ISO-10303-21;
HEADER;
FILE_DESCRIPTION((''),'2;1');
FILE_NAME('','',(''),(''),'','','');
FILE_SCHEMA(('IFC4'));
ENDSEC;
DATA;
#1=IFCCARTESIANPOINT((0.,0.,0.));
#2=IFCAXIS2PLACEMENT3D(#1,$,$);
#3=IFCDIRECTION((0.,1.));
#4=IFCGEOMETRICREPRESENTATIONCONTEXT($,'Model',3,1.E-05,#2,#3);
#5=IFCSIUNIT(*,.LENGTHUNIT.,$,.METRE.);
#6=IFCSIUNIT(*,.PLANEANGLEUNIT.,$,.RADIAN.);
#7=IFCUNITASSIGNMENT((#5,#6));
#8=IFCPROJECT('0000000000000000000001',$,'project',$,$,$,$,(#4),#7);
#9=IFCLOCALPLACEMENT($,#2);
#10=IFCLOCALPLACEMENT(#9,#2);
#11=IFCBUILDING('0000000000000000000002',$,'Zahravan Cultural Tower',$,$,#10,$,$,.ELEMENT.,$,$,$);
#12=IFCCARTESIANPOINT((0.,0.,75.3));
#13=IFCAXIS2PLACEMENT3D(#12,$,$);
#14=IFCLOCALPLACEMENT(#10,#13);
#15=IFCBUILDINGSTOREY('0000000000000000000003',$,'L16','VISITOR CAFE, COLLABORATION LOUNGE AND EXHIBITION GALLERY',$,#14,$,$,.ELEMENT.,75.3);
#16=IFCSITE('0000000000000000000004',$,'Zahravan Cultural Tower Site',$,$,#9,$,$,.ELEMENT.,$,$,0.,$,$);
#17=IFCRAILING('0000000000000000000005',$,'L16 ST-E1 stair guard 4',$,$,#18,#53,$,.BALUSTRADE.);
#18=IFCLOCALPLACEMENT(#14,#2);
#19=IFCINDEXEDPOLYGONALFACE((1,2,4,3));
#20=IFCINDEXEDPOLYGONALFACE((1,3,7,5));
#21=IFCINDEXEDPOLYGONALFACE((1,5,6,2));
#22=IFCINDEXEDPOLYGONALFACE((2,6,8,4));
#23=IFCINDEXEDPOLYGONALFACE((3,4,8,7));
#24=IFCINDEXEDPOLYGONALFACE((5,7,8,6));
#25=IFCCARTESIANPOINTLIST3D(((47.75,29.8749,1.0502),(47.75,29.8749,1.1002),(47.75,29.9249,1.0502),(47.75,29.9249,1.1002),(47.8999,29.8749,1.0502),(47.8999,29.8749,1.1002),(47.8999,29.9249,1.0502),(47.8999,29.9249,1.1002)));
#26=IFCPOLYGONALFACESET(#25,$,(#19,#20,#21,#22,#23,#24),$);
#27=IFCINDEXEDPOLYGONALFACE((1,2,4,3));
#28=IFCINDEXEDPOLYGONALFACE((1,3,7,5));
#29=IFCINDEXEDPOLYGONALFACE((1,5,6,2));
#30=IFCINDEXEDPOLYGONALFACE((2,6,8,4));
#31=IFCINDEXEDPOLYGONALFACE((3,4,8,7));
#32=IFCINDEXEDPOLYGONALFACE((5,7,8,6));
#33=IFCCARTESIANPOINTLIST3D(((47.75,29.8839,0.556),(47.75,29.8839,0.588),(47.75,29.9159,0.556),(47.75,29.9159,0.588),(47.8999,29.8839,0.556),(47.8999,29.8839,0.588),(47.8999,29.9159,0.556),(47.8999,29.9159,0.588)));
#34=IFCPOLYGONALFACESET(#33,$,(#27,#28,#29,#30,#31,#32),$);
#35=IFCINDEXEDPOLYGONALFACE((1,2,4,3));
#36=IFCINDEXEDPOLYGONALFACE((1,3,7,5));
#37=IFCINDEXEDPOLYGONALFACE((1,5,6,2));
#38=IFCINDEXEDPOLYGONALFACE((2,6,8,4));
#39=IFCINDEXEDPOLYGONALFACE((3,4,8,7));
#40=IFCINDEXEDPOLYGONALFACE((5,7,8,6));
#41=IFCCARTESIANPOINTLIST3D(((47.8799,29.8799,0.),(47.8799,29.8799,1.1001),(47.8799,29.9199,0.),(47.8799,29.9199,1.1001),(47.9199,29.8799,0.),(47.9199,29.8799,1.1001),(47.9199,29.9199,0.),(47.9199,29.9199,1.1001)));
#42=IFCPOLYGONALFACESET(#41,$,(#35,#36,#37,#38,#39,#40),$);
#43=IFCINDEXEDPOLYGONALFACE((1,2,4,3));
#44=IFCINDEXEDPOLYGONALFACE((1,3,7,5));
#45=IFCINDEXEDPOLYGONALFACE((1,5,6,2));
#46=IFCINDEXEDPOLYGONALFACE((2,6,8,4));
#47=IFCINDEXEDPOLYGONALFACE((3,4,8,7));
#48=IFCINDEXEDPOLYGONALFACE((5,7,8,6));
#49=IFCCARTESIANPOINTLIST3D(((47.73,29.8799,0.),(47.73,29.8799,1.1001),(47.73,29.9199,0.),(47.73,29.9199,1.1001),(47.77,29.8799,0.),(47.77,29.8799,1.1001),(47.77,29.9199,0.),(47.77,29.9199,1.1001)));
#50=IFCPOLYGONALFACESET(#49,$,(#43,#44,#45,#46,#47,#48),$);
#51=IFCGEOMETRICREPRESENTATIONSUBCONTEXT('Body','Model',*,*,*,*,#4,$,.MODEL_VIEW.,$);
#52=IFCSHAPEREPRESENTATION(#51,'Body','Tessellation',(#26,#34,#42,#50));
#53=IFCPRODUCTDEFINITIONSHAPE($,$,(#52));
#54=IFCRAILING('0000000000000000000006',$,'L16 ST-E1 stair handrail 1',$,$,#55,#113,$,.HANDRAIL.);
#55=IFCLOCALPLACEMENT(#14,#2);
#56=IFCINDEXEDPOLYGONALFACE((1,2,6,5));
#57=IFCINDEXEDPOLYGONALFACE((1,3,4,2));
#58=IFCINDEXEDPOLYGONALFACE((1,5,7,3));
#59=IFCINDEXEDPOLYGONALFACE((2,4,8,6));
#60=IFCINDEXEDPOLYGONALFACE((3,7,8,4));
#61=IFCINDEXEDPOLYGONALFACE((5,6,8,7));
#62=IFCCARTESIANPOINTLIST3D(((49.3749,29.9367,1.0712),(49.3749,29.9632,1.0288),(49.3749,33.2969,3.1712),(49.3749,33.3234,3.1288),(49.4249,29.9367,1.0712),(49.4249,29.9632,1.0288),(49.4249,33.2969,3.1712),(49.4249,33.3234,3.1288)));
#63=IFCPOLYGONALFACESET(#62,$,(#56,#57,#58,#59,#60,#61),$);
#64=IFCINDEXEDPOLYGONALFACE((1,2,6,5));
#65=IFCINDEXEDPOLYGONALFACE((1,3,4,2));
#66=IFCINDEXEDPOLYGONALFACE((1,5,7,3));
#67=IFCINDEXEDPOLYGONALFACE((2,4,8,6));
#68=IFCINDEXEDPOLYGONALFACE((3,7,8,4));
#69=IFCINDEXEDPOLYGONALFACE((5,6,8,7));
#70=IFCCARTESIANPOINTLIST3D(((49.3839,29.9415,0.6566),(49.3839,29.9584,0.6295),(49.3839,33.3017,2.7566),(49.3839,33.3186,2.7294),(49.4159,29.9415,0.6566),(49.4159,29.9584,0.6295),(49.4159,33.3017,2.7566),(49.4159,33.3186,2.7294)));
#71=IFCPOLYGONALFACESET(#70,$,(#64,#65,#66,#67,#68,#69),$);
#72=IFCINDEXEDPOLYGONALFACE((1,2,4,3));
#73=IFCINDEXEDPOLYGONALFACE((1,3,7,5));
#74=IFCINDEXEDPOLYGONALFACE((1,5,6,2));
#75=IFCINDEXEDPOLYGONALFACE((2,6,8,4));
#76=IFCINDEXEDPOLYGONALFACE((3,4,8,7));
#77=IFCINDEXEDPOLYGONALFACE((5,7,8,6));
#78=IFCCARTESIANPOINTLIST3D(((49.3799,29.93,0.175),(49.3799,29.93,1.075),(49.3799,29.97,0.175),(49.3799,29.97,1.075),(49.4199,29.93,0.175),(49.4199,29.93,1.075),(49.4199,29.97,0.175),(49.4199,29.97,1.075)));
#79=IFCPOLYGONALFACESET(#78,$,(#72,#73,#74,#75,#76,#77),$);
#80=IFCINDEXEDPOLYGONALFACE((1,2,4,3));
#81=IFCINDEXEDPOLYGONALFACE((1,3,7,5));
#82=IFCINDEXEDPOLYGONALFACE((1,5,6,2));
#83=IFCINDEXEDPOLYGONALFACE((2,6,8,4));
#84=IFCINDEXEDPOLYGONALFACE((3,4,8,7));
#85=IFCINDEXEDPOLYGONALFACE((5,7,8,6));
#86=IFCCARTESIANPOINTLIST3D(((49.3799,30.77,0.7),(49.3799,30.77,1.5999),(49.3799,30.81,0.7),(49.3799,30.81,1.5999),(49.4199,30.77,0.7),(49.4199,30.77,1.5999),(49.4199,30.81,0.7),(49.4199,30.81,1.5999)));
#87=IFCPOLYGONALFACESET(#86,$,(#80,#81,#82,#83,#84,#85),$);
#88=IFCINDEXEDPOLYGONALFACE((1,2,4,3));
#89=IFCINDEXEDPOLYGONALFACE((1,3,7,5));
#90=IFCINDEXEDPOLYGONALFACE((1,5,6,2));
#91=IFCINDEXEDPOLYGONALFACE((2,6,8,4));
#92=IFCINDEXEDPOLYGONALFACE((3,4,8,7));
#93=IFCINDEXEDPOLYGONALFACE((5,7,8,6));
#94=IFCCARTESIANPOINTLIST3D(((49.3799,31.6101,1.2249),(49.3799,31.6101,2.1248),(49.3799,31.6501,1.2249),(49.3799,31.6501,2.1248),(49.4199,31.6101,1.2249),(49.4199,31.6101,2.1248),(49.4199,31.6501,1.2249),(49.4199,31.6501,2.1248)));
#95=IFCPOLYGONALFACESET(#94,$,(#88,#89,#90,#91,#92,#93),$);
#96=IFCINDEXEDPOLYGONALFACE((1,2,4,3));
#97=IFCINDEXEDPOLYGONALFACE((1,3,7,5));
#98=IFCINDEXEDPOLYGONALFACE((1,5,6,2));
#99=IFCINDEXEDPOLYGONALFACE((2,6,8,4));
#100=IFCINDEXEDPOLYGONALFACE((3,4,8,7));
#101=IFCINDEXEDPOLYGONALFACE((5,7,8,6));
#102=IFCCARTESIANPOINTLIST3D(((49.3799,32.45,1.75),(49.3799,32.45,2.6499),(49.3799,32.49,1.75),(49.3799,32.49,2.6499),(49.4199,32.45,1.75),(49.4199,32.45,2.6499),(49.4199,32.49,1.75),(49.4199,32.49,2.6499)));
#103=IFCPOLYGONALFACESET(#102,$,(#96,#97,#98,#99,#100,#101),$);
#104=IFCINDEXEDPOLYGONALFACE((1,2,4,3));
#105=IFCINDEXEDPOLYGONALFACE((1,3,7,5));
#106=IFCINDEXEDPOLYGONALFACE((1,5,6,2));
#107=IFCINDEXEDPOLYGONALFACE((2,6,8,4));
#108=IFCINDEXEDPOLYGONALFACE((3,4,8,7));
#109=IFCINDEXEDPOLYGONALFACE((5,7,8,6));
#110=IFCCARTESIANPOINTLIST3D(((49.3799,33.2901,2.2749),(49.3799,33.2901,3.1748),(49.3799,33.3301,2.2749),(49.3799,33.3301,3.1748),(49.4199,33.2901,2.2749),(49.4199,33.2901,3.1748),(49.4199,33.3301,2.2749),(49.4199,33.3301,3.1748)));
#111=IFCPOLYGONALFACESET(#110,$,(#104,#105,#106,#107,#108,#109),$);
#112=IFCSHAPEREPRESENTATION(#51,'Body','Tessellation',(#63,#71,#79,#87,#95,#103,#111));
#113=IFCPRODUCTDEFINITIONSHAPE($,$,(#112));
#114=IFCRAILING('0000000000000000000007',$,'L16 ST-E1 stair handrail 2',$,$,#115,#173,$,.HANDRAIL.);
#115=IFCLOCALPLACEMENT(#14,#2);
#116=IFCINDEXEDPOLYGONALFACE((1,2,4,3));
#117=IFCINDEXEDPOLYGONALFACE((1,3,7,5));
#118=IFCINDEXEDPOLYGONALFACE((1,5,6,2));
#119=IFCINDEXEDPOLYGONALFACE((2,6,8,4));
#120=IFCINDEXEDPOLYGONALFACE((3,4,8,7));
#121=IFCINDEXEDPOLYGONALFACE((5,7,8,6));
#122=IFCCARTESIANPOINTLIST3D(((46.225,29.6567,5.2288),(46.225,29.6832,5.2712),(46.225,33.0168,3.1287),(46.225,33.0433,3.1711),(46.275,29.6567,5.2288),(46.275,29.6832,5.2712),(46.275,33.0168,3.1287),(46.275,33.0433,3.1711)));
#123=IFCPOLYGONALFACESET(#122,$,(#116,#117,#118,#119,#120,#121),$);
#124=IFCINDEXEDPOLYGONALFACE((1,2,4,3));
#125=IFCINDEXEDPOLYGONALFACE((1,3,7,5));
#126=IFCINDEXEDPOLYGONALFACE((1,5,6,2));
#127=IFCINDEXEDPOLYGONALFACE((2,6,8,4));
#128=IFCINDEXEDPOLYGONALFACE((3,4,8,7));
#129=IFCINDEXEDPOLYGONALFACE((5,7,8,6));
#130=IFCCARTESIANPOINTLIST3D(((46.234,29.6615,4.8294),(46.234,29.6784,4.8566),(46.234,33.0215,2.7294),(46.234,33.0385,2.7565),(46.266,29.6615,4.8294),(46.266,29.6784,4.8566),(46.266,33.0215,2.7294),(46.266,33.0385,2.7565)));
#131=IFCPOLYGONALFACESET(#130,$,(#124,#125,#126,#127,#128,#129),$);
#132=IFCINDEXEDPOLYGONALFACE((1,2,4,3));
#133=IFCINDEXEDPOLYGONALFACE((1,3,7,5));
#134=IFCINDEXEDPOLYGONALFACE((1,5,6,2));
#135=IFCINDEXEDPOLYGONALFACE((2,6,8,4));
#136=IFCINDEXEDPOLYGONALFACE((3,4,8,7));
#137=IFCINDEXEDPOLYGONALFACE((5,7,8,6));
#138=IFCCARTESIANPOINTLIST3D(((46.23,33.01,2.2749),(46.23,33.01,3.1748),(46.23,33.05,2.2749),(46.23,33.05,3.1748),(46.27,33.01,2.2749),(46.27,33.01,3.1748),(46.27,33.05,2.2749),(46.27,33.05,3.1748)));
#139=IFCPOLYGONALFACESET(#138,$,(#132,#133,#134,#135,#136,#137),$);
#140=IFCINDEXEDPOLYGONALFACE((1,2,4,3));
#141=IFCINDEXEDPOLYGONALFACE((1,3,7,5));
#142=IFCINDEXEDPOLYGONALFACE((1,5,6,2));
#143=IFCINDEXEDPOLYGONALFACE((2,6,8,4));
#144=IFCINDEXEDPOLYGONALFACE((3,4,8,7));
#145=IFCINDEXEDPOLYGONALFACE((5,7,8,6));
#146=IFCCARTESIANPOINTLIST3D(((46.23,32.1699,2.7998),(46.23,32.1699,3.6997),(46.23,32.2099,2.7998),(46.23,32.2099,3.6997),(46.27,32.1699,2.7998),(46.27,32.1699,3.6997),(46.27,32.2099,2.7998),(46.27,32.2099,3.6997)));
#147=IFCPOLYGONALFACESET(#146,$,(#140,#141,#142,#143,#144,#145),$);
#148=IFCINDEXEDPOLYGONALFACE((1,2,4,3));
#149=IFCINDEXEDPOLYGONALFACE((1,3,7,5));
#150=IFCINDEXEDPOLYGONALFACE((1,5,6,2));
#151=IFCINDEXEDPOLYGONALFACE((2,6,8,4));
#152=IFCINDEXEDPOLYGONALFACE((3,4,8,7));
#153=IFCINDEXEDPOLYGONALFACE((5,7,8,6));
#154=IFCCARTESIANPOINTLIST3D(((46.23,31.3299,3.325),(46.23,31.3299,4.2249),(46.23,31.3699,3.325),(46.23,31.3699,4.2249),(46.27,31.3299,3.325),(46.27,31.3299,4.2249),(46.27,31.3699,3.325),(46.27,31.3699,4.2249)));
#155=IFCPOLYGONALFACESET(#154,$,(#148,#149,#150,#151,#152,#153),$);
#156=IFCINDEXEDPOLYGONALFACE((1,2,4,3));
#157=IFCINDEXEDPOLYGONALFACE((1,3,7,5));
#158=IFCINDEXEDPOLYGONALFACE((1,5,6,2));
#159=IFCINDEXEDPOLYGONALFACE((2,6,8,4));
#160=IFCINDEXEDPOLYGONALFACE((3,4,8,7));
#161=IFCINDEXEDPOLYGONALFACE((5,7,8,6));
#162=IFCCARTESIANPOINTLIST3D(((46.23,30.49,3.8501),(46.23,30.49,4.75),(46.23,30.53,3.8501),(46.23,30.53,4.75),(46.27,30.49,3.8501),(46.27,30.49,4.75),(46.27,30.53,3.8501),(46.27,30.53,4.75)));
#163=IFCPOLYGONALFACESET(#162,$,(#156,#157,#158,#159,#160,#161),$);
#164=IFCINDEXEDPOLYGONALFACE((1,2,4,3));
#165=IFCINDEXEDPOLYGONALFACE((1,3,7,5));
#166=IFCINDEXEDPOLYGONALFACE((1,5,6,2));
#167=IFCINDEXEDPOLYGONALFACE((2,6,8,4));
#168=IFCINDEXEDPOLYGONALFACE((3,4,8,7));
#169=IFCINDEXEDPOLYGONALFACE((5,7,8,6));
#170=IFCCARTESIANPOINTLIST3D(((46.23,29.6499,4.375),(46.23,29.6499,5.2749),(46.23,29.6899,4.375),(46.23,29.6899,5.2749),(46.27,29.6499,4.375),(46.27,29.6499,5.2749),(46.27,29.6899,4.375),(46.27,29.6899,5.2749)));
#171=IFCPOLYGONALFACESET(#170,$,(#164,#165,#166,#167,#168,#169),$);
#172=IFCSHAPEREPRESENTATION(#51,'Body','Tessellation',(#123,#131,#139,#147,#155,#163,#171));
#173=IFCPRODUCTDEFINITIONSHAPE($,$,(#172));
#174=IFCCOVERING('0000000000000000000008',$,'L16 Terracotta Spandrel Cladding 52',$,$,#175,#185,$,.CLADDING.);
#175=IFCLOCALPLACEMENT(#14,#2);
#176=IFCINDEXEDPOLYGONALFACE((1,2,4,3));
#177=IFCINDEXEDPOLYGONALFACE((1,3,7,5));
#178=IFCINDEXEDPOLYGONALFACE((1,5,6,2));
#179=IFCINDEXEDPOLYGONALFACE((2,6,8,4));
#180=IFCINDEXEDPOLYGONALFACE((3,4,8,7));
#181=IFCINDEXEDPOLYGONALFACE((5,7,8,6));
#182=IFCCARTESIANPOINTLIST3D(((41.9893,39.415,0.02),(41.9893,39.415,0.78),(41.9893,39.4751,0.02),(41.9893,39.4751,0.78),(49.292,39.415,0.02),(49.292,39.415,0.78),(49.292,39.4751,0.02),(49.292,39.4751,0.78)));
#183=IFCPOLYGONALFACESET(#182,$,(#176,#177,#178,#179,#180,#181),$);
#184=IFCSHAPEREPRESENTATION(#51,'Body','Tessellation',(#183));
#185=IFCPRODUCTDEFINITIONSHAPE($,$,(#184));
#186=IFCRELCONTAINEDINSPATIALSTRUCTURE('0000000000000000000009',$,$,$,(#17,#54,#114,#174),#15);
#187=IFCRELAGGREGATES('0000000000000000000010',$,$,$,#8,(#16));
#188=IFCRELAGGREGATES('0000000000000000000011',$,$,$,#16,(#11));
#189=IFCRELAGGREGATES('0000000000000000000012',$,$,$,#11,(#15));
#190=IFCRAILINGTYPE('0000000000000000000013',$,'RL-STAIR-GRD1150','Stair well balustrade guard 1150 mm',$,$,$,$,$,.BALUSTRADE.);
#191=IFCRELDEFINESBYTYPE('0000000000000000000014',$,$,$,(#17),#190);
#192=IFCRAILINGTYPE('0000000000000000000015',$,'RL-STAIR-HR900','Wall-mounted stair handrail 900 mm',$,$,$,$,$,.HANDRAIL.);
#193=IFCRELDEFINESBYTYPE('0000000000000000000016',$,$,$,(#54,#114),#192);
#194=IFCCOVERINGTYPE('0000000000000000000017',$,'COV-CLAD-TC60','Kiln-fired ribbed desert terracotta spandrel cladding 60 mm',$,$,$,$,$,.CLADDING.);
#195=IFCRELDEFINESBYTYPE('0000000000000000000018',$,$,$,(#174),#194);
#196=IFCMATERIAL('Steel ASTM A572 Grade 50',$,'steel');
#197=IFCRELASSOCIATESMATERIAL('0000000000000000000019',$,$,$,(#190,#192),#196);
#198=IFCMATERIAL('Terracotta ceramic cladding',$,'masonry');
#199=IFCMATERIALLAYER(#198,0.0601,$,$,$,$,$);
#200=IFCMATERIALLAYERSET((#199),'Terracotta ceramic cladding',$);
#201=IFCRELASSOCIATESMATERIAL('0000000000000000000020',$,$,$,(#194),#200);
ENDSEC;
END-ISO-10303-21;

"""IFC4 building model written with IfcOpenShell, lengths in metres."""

from ifc_helpers import new_model, si_unit, direction, frame, origin, origin_2d, place, context, subcontext, project, spatial, rectangle, extrude, source, transform, mapped, material, layer, layer_set, type_object, element, save


model = new_model("IFC4")

# Units and contexts
model_context = context("Model", 3, precision=1e-05, world=origin(), true_north=direction((0.0, 1.0)))
body_context = subcontext(model_context, "Body", "Model", "MODEL_VIEW")
ifc_project = project(units=[si_unit("LENGTHUNIT", "METRE"), si_unit("PLANEANGLEUNIT", "RADIAN")], contexts=[model_context])

# Site, building, storey
site_placement = place(None, origin())
site = spatial("IfcSite", under=ifc_project, at=site_placement, Name="Zahravan Cultural Tower Site", CompositionType="ELEMENT", RefElevation=0.0)
building_placement = place(site_placement, origin())
building = spatial("IfcBuilding", under=site, at=building_placement, Name="Zahravan Cultural Tower", CompositionType="ELEMENT")
storey_placement = place(building_placement, frame((0.0, 0.0, 75.3)))
storey = spatial("IfcBuildingStorey", under=building, at=storey_placement, Name="L16", Description="VISITOR CAFE, COLLABORATION LOUNGE AND EXHIBITION GALLERY", CompositionType="ELEMENT", Elevation=75.3)

# Shared definitions
ifc_material_1 = material(Name="Steel ASTM A572 Grade 50", Category="steel")

# Railings
railing_type_1 = type_object("IfcRailingType", Name="RL-STAIR-GRD1150", Description="Stair well balustrade guard 1150 mm", PredefinedType="BALUSTRADE", material=ifc_material_1)
railing_1_placement = place(storey_placement, frame((47.8999, 29.8999, 0.0)))
element("IfcRailing", 1, at=railing_1_placement, inside=storey, type_object=railing_type_1, Name="L16 ST-E1 stair guard 4", PredefinedType="BALUSTRADE", context=body_context, shape_type="SweptSolid", body=[
    extrude(rectangle(XDim=0.05, YDim=0.05, at=origin_2d()), frame((0.0, 0.0, 1.0752), z_axis=(-1.0, 0.0, 0.0), x_axis=(0.0, -1.0, 0.0)), (0.0, 0.0, 1.0), 0.1499),
    extrude(rectangle(XDim=0.032, YDim=0.032, at=origin_2d()), frame((0.0, 0.0, 0.572), z_axis=(-1.0, 0.0, 0.0), x_axis=(0.0, -1.0, 0.0)), (0.0, 0.0, 1.0), 0.1499),
    extrude(rectangle(XDim=0.04, YDim=0.04, at=origin_2d()), origin(), (0.0, 0.0, 1.0), 1.1001),
    extrude(rectangle(XDim=0.04, YDim=0.04, at=origin_2d()), frame((-0.1499, 0.0, 0.0)), (0.0, 0.0, 1.0), 1.1001),
])
railing_type_2 = type_object("IfcRailingType", Name="RL-STAIR-HR900", Description="Wall-mounted stair handrail 900 mm", PredefinedType="HANDRAIL", material=ifc_material_1)
railing_2_placement = place(storey_placement, frame((49.3999, 29.95, 0.175)))
element("IfcRailing", 2, at=railing_2_placement, inside=storey, type_object=railing_type_2, Name="L16 ST-E1 stair handrail 1", PredefinedType="HANDRAIL", context=body_context, shape_type="SweptSolid", body=[
    extrude(rectangle(XDim=0.05, YDim=0.05, at=origin_2d()), frame((0.0, 0.0, 0.875), z_axis=(0.0, 0.848023, 0.52996), x_axis=(-1.0, 0.0, 0.0)), (0.0, 0.0, 1.0), 3.9624),
    extrude(rectangle(XDim=0.032, YDim=0.032, at=origin_2d()), frame((0.0, 0.0, 0.468), z_axis=(0.0, 0.848023, 0.52996), x_axis=(-1.0, 0.0, 0.0)), (0.0, 0.0, 1.0), 3.9624),
    extrude(rectangle(XDim=0.04, YDim=0.04, at=origin_2d()), origin(), (0.0, 0.0, 1.0), 0.8999),
    extrude(rectangle(XDim=0.04, YDim=0.04, at=origin_2d()), frame((0.0, 0.8401, 0.5249)), (0.0, 0.0, 1.0), 0.8999),
    extrude(rectangle(XDim=0.04, YDim=0.04, at=origin_2d()), frame((0.0, 1.6802, 1.0498)), (0.0, 0.0, 1.0), 0.8999),
    extrude(rectangle(XDim=0.04, YDim=0.04, at=origin_2d()), frame((0.0, 2.52, 1.575)), (0.0, 0.0, 1.0), 0.8999),
    extrude(rectangle(XDim=0.04, YDim=0.04, at=origin_2d()), frame((0.0, 3.3601, 2.0999)), (0.0, 0.0, 1.0), 0.8999),
])
railing_3_placement = place(storey_placement, frame((46.25, 33.03, 2.2749)))
element("IfcRailing", 3, at=railing_3_placement, inside=storey, type_object=railing_type_2, Name="L16 ST-E1 stair handrail 2", PredefinedType="HANDRAIL", context=body_context, shape_type="SweptSolid", body=[
    extrude(rectangle(XDim=0.05, YDim=0.05, at=origin_2d()), frame((0.0, 0.0, 0.875), z_axis=(0.0, -0.847995, 0.530004), x_axis=(1.0, 0.0, 0.0)), (0.0, 0.0, 1.0), 3.9624),
    extrude(rectangle(XDim=0.032, YDim=0.032, at=origin_2d()), frame((0.0, 0.0, 0.468), z_axis=(0.0, -0.847995, 0.530004), x_axis=(1.0, 0.0, 0.0)), (0.0, 0.0, 1.0), 3.9624),
    extrude(rectangle(XDim=0.04, YDim=0.04, at=origin_2d()), origin(), (0.0, 0.0, 1.0), 0.8999),
    extrude(rectangle(XDim=0.04, YDim=0.04, at=origin_2d()), frame((0.0, -0.8401, 0.5249)), (0.0, 0.0, 1.0), 0.8999),
    extrude(rectangle(XDim=0.04, YDim=0.04, at=origin_2d()), frame((0.0, -1.6802, 1.05)), (0.0, 0.0, 1.0), 0.8999),
    extrude(rectangle(XDim=0.04, YDim=0.04, at=origin_2d()), frame((0.0, -2.52, 1.5752)), (0.0, 0.0, 1.0), 0.8999),
    extrude(rectangle(XDim=0.04, YDim=0.04, at=origin_2d()), frame((0.0, -3.3601, 2.1001)), (0.0, 0.0, 1.0), 0.8999),
])

# Covering
ifc_material_2 = material(Name="Terracotta ceramic cladding", Category="masonry")
ifc_layer_1 = layer(ifc_material_2, 0.0601)
ifc_layer_set_1 = layer_set([ifc_layer_1], Name="Terracotta ceramic cladding")
covering_type = type_object("IfcCoveringType", Name="COV-CLAD-TC60", Description="Kiln-fired ribbed desert terracotta spandrel cladding 60 mm", PredefinedType="CLADDING", material=ifc_layer_set_1)
shared_shape_1 = source(origin(), body_context, "Body", "SweptSolid", [
    extrude(rectangle(XDim=7.3027, YDim=0.0601, at=origin_2d()), origin(), (0.0, 0.0, 1.0), 0.76),
])
covering_placement = place(storey_placement, frame((45.6406, 39.4451, 0.02), z_axis=(0.0, 0.0, 1.0), x_axis=(1.0, 0.0, 0.0)))
element("IfcCovering", 4, at=covering_placement, inside=storey, type_object=covering_type, Name="L16 Terracotta Spandrel Cladding 52", PredefinedType="CLADDING", context=body_context, shape_type="MappedRepresentation", body=[
    mapped(shared_shape_1, transform((0.0, 0.0, 0.0), x_axis=(1.0, 0.0, 0.0), y_axis=(0.0, 1.0, 0.0), z_axis=(0.0, 0.0, 1.0), scale=1.0)),
])

save(model, "model.ifc")
